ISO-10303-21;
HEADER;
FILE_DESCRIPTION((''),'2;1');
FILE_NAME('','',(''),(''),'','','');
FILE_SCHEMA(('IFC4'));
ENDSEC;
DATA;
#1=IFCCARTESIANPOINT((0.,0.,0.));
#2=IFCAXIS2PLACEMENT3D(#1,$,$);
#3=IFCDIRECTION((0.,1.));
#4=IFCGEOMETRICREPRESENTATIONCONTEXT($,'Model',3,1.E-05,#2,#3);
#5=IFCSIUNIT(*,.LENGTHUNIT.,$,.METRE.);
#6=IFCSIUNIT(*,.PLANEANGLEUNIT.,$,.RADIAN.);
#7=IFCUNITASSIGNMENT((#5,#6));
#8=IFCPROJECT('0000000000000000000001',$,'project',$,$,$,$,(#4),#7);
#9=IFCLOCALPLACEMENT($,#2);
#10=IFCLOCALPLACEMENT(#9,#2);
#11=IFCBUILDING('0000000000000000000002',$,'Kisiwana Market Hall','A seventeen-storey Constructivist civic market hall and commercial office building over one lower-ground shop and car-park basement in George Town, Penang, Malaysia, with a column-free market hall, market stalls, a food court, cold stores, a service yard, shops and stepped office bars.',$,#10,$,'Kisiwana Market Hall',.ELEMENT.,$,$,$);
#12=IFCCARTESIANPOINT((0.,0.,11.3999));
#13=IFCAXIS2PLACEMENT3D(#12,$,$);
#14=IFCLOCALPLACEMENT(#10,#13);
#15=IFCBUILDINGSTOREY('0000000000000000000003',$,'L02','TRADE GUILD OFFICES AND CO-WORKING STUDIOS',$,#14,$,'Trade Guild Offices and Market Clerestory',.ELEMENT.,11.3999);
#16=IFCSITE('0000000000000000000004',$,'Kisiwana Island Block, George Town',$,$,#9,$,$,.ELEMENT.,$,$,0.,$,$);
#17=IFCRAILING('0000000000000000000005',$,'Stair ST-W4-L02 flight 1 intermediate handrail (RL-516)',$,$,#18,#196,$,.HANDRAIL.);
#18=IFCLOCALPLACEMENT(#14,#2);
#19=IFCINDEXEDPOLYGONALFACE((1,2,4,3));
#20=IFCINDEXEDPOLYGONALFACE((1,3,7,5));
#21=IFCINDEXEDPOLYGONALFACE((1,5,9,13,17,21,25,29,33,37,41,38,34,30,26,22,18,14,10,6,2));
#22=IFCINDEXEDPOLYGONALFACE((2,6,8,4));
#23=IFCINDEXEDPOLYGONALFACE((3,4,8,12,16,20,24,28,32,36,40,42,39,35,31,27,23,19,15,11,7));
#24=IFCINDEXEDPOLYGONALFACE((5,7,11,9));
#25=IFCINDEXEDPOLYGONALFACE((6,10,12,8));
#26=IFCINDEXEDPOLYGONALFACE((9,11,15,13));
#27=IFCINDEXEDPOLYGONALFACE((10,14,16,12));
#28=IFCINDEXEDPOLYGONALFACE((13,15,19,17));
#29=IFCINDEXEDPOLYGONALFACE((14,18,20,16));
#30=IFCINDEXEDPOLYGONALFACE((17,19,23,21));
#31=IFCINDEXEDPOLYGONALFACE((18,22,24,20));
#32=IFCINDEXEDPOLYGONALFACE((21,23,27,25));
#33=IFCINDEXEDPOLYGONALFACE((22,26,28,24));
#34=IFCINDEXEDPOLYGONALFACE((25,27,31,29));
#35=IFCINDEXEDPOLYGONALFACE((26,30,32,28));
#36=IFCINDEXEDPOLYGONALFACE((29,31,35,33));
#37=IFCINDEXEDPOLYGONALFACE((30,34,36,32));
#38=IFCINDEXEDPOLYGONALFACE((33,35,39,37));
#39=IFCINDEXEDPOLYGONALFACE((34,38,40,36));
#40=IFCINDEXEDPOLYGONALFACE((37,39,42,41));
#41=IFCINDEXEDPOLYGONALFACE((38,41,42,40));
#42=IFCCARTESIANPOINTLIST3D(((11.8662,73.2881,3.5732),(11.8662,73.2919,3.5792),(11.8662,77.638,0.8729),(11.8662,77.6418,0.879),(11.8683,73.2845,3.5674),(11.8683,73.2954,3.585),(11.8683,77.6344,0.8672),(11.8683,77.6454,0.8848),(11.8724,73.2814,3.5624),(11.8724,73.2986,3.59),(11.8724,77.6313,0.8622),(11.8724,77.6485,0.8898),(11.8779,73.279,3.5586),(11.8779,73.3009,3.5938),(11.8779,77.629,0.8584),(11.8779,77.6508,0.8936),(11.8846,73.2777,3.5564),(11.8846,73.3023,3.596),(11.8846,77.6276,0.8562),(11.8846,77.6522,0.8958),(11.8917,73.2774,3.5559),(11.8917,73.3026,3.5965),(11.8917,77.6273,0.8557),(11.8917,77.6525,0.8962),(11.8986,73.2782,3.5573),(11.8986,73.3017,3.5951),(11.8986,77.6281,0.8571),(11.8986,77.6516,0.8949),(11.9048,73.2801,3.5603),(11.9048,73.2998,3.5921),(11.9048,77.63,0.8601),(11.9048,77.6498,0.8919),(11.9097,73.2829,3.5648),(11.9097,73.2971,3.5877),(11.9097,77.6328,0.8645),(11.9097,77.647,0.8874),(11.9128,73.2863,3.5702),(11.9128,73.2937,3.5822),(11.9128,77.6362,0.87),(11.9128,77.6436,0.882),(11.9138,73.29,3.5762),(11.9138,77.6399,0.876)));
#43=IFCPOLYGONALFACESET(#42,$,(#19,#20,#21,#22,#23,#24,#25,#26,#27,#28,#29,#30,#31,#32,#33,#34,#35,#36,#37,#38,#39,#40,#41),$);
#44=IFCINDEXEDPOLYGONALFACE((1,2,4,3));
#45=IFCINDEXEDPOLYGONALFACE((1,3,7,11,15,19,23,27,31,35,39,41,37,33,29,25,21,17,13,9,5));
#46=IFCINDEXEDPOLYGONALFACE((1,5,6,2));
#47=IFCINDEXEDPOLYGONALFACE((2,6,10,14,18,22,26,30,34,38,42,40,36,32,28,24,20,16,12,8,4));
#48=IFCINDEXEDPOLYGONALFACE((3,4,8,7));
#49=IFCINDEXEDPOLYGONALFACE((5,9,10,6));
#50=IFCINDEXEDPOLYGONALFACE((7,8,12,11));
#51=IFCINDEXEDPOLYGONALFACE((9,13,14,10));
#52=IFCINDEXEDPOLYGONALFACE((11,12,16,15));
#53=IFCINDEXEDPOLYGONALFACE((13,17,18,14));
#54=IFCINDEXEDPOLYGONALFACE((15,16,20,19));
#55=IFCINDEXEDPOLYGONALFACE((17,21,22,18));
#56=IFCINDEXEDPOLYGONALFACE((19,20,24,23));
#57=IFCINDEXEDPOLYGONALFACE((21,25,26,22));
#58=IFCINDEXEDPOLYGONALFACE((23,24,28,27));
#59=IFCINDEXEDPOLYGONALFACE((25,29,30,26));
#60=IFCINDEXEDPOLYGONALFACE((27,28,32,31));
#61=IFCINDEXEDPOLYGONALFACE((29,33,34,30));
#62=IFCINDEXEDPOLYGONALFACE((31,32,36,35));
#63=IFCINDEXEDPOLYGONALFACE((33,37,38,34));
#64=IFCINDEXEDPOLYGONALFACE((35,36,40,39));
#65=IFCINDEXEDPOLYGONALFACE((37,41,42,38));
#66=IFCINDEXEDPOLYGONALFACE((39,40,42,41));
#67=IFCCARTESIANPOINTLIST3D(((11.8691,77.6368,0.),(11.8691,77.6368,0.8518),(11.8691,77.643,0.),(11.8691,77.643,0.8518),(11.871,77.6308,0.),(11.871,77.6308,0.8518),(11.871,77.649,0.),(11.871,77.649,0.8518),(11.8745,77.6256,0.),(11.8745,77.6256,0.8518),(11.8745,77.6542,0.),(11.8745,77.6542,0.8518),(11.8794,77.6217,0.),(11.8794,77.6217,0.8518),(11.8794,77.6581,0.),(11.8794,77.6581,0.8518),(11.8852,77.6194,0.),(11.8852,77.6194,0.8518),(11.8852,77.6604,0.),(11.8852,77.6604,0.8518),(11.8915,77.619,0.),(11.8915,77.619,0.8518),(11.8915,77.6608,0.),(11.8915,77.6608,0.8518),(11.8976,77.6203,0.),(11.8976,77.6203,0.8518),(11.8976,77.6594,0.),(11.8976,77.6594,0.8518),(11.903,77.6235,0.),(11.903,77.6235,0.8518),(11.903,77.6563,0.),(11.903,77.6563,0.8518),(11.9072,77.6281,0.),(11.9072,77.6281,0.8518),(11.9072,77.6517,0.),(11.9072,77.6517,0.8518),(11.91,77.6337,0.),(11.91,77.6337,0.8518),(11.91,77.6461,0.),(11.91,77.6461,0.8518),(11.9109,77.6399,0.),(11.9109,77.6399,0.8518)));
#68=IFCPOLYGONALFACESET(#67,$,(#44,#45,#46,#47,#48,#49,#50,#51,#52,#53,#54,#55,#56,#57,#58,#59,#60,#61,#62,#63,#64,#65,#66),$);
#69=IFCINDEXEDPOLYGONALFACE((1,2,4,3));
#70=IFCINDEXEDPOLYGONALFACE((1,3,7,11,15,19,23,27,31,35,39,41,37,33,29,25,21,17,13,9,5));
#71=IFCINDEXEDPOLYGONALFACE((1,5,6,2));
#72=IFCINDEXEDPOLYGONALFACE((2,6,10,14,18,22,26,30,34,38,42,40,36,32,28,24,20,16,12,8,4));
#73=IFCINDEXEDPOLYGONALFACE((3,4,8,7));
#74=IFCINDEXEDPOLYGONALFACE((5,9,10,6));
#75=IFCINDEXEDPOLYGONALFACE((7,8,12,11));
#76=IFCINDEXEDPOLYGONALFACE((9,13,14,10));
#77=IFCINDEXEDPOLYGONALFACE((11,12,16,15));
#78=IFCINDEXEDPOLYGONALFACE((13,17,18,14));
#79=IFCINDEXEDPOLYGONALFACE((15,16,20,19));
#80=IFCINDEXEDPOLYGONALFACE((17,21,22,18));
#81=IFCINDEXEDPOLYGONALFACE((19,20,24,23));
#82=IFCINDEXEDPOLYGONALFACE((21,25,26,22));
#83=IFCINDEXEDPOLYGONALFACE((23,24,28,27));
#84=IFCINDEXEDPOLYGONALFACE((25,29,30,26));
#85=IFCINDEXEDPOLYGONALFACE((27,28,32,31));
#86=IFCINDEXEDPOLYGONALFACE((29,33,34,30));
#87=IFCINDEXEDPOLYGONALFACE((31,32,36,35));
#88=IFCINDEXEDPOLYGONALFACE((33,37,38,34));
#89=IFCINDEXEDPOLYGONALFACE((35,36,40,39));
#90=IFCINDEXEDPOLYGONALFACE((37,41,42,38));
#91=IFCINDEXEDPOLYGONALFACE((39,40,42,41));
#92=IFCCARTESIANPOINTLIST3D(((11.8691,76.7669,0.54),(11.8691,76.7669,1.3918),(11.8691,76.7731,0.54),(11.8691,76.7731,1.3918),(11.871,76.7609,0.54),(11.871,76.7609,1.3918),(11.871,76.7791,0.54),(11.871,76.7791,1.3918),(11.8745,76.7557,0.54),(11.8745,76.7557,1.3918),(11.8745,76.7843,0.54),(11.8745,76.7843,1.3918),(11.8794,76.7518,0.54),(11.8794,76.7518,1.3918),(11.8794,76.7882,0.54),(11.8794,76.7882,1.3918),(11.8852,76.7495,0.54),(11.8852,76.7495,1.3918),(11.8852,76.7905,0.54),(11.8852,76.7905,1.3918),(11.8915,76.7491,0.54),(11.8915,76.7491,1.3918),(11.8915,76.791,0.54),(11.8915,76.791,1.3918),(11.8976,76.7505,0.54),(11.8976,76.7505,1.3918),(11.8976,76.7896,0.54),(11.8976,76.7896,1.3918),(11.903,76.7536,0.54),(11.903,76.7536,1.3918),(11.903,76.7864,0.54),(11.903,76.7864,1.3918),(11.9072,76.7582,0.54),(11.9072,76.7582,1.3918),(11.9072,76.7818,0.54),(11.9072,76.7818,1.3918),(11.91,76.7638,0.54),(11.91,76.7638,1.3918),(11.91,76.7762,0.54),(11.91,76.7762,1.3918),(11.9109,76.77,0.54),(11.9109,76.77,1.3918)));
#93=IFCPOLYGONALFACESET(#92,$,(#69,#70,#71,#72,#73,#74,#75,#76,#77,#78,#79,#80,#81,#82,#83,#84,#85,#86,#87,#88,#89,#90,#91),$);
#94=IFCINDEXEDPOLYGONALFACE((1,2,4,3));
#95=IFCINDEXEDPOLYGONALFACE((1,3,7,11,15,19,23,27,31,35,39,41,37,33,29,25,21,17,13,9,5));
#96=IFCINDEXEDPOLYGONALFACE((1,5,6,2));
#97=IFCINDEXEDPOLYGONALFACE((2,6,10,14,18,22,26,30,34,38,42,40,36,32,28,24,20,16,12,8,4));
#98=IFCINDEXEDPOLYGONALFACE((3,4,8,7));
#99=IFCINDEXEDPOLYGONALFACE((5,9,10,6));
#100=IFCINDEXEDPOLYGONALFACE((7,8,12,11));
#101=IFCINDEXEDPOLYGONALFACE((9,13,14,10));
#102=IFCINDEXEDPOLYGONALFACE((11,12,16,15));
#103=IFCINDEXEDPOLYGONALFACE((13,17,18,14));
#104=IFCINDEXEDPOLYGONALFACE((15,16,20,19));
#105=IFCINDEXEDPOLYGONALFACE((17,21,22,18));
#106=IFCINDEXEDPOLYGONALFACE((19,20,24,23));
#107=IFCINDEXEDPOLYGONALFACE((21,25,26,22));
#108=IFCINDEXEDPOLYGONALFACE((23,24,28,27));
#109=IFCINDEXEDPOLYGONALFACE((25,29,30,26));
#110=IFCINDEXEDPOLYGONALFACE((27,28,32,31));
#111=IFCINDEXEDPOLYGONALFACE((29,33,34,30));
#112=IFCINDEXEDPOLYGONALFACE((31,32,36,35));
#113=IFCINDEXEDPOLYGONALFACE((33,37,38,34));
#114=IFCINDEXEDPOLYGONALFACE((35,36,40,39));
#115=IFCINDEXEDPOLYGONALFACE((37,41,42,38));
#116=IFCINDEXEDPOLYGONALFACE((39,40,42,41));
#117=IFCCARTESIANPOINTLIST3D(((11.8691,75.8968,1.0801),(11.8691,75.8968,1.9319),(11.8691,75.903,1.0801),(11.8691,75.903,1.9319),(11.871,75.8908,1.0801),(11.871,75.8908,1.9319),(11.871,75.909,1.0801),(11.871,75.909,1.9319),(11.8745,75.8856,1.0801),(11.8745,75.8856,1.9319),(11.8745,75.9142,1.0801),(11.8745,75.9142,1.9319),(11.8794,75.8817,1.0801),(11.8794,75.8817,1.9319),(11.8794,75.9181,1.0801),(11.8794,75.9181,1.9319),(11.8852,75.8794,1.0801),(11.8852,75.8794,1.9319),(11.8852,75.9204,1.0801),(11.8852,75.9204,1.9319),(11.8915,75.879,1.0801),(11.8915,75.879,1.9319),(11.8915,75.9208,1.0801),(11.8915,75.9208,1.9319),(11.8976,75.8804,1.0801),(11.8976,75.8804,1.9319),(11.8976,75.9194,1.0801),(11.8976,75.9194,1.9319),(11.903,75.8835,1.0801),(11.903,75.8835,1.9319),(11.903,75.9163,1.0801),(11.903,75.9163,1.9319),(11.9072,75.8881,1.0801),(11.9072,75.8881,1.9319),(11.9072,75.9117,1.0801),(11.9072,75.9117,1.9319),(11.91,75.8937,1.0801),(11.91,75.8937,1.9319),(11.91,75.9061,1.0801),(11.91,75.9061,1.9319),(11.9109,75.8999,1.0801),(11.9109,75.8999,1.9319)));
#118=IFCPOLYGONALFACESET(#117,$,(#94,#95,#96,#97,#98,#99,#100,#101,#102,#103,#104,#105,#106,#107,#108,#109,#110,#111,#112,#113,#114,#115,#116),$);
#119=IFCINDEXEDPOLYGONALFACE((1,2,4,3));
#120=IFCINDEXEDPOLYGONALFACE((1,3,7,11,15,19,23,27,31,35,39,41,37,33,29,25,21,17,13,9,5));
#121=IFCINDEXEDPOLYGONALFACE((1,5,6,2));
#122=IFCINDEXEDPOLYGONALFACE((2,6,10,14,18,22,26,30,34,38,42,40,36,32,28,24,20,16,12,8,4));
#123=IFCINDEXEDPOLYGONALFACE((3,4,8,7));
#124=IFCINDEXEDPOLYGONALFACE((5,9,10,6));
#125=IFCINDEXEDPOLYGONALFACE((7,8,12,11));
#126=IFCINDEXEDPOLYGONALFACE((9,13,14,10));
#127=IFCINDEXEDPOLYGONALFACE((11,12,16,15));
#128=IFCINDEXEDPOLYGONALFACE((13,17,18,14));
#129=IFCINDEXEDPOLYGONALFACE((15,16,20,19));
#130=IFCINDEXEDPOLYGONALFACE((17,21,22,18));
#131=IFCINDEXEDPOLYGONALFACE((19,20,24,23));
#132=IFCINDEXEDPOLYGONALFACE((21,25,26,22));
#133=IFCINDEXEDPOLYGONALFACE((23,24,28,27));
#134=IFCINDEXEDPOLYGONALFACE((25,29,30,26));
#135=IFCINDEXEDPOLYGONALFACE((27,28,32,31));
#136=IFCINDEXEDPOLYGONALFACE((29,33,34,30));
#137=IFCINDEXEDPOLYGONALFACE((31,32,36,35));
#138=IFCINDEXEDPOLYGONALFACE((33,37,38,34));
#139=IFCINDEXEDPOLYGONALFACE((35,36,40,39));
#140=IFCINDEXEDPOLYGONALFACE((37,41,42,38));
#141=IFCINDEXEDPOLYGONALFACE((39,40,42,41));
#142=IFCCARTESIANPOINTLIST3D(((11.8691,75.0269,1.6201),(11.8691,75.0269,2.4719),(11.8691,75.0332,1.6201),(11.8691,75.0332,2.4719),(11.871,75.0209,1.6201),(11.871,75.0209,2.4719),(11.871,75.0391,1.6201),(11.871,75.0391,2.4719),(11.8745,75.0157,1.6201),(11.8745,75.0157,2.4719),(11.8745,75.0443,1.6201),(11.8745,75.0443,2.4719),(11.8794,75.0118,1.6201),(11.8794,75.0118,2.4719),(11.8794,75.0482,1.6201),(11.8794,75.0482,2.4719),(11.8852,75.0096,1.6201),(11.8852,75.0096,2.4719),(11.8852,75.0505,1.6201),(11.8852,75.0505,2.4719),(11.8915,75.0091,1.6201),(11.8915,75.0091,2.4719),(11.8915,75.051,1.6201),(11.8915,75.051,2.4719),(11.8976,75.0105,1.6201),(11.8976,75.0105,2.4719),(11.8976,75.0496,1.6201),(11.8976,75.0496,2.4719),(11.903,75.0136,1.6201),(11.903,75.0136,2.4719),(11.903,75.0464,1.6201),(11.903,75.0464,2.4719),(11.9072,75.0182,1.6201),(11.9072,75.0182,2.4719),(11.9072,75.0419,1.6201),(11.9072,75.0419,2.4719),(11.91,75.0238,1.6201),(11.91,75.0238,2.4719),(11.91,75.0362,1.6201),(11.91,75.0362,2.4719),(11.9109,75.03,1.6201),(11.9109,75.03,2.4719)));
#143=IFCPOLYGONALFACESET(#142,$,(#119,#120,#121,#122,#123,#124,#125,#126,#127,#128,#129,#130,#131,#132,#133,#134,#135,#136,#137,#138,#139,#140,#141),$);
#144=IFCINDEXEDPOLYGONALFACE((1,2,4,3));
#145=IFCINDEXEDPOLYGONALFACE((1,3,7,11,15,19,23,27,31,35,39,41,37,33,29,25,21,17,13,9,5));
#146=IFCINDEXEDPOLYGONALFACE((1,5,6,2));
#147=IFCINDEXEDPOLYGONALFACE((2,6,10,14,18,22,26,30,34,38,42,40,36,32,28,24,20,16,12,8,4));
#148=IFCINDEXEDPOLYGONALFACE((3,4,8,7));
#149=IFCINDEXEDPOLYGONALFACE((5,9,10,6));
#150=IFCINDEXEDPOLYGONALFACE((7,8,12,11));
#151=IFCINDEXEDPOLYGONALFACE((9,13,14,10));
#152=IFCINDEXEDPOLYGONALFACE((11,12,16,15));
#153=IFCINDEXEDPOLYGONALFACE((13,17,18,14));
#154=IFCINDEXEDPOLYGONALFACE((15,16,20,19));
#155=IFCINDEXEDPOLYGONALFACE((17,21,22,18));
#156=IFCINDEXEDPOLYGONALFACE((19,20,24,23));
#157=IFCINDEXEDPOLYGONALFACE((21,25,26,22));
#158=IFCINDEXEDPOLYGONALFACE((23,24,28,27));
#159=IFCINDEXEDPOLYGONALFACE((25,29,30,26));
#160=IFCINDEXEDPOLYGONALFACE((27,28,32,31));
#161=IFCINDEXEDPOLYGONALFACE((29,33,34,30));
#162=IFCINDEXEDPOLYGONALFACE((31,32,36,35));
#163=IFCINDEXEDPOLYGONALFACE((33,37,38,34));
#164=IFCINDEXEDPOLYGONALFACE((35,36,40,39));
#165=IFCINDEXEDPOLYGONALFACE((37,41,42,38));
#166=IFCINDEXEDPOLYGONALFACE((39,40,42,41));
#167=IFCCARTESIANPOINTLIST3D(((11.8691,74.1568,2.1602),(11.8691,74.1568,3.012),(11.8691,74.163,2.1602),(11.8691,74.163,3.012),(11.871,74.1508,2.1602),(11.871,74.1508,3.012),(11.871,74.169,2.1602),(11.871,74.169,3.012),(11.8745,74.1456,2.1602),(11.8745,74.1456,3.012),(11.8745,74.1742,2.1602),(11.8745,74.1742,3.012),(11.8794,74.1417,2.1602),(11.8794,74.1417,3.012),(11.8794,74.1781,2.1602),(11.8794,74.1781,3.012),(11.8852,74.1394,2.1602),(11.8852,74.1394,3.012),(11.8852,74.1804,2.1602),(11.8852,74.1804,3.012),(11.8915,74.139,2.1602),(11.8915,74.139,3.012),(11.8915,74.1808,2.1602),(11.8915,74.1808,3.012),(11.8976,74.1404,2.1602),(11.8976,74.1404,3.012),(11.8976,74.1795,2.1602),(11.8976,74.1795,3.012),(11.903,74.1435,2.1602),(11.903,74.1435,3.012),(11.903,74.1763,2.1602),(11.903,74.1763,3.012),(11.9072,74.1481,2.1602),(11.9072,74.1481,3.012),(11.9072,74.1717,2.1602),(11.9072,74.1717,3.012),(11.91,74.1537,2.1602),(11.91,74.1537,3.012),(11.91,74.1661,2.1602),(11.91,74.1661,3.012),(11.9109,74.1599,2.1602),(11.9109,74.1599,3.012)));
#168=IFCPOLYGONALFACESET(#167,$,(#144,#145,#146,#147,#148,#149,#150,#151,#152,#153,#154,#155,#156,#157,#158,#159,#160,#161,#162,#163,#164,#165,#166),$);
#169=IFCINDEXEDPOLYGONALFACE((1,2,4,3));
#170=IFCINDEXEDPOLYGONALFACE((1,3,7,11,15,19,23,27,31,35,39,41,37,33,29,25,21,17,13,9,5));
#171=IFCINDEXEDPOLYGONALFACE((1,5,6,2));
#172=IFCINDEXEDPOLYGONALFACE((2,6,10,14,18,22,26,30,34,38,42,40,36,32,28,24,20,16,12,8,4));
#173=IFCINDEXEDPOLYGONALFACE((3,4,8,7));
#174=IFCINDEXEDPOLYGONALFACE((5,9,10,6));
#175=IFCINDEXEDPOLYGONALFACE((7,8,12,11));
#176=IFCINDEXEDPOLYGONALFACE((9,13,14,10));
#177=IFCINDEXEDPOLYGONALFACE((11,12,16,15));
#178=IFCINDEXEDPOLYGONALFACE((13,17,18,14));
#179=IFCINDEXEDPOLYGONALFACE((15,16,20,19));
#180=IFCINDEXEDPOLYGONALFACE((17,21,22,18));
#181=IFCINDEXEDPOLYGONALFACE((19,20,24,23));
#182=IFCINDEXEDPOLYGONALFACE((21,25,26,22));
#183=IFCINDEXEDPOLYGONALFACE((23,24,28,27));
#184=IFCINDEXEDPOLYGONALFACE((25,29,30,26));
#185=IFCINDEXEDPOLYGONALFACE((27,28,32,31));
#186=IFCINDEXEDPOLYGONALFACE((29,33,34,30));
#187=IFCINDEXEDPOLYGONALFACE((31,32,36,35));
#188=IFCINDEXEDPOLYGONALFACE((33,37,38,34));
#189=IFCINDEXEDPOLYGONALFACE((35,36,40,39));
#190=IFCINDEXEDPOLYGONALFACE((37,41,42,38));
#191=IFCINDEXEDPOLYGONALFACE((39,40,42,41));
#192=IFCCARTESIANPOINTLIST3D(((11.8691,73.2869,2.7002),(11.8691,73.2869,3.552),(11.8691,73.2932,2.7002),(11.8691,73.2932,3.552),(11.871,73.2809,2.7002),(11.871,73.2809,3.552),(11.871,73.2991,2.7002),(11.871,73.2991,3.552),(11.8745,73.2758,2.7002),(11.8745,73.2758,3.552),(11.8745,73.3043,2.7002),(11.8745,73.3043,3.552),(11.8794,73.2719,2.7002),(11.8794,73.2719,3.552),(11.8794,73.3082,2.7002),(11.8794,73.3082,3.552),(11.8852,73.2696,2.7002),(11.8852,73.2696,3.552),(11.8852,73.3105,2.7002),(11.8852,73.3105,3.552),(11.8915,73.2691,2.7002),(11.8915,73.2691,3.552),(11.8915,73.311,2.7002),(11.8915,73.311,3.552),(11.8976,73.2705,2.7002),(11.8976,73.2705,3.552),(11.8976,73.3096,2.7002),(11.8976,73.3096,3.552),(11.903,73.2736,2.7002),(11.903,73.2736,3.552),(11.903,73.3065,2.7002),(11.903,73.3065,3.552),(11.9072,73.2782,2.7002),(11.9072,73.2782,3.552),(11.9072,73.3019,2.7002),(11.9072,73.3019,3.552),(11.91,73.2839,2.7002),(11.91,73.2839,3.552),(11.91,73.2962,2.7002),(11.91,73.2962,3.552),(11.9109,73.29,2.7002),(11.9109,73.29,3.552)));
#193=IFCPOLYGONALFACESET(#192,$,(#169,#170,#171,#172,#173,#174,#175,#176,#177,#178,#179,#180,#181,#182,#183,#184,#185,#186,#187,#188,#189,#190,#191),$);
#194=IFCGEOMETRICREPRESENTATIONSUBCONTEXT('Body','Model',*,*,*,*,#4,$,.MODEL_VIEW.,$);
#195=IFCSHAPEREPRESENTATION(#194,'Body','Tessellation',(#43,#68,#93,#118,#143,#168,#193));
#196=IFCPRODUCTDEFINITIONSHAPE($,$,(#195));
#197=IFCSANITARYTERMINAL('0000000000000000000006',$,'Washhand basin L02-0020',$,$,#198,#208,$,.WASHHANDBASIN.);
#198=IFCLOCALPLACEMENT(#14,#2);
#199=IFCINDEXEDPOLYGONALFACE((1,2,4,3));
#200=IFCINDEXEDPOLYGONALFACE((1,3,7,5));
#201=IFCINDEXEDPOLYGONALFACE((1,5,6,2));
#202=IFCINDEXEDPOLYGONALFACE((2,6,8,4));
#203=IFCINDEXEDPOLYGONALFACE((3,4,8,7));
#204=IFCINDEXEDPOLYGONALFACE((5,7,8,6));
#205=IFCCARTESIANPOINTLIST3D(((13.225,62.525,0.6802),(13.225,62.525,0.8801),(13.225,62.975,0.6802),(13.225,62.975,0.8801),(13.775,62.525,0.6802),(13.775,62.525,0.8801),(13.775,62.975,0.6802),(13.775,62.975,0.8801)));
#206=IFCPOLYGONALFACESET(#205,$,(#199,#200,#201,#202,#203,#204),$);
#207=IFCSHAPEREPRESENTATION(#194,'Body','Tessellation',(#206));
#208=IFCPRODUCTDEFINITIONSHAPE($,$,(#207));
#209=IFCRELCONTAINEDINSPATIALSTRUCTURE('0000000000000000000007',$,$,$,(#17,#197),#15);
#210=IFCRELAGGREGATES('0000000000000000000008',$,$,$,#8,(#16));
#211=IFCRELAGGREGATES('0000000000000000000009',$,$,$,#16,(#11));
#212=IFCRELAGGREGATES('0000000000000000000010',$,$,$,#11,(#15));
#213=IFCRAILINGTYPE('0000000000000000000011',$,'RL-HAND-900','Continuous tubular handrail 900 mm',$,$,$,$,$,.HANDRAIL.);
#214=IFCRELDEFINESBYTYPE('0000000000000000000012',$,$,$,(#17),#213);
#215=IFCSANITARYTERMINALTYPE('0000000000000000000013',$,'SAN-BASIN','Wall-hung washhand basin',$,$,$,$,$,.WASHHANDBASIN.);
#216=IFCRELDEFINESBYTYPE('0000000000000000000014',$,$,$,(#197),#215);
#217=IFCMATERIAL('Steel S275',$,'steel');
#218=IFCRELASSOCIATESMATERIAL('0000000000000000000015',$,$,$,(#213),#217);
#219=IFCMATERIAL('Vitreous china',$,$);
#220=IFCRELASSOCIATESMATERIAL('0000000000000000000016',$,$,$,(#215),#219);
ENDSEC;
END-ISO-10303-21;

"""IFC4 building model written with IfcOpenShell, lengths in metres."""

from ifc_helpers import new_model, si_unit, direction, frame, origin, origin_2d, place, context, subcontext, project, spatial, rectangle, circle, extrude, material, type_object, element, save


model = new_model("IFC4")

# Units and contexts
model_context = context("Model", 3, precision=1e-05, world=origin(), true_north=direction((0.0, 1.0)))
body_context = subcontext(model_context, "Body", "Model", "MODEL_VIEW")
ifc_project = project(units=[si_unit("LENGTHUNIT", "METRE"), si_unit("PLANEANGLEUNIT", "RADIAN")], contexts=[model_context])

# Site, building, storey
site_placement = place(None, origin())
site = spatial("IfcSite", under=ifc_project, at=site_placement, Name="Kisiwana Island Block, George Town", CompositionType="ELEMENT", RefElevation=0.0)
building_placement = place(site_placement, origin())
building = spatial("IfcBuilding", under=site, at=building_placement, Name="Kisiwana Market Hall", Description="A seventeen-storey Constructivist civic market hall and commercial office building over one lower-ground shop and car-park basement in George Town, Penang, Malaysia, with a column-free market hall, market stalls, a food court, cold stores, a service yard, shops and stepped office bars.", LongName="Kisiwana Market Hall", CompositionType="ELEMENT")
storey_placement = place(building_placement, frame((0.0, 0.0, 11.3999)))
storey = spatial("IfcBuildingStorey", under=building, at=storey_placement, Name="L02", Description="TRADE GUILD OFFICES AND CO-WORKING STUDIOS", LongName="Trade Guild Offices and Market Clerestory", CompositionType="ELEMENT", Elevation=11.3999)

# Railing
ifc_material_1 = material(Name="Steel S275", Category="steel")
railing_type_1 = type_object("IfcRailingType", Name="RL-HAND-900", Description="Continuous tubular handrail 900 mm", PredefinedType="HANDRAIL", material=ifc_material_1)
for number, where, name in (
    (1, (11.8899, 77.6399, 0.0), "Stair ST-W4-L02 flight 1 intermediate handrail (RL-516)"),
):
    element("IfcRailing", number, at=place(storey_placement, frame(where)), inside=storey, type_object=railing_type_1, Name=name, PredefinedType="HANDRAIL", context=body_context, shape_type="SweptSolid", body=[
        extrude(circle(Radius=0.0239, at=origin_2d()), frame((0.0, 0.0, 0.876), z_axis=(0.0, -0.849615, 0.527403), x_axis=(1.0, 0.0, 0.0)), (0.0, 0.0, 1.0), 5.1199),
        extrude(circle(Radius=0.021, at=origin_2d()), origin(), (0.0, 0.0, 1.0), 0.8518),
        extrude(circle(Radius=0.021, at=origin_2d()), frame((0.0, -0.8699, 0.54)), (0.0, 0.0, 1.0), 0.8518),
        extrude(circle(Radius=0.021, at=origin_2d()), frame((0.0, -1.74, 1.0801)), (0.0, 0.0, 1.0), 0.8518),
        extrude(circle(Radius=0.021, at=origin_2d()), frame((0.0, -2.6099, 1.6201)), (0.0, 0.0, 1.0), 0.8518),
        extrude(circle(Radius=0.021, at=origin_2d()), frame((0.0, -3.48, 2.1602)), (0.0, 0.0, 1.0), 0.8518),
        extrude(circle(Radius=0.021, at=origin_2d()), frame((0.0, -4.3499, 2.7002)), (0.0, 0.0, 1.0), 0.8518),
    ])

# Sanitary terminal
ifc_material_2 = material(Name="Vitreous china")
sanitary_terminal_type_1 = type_object("IfcSanitaryTerminalType", Name="SAN-BASIN", Description="Wall-hung washhand basin", PredefinedType="WASHHANDBASIN", material=ifc_material_2)
sanitary_terminal_1_placement = place(storey_placement, frame((13.5, 62.75, 0.6802), z_axis=(0.0, 0.0, 1.0), x_axis=(1.0, 0.0, 0.0)))
element("IfcSanitaryTerminal", 2, at=sanitary_terminal_1_placement, inside=storey, type_object=sanitary_terminal_type_1, Name="Washhand basin L02-0020", PredefinedType="WASHHANDBASIN", context=body_context, shape_type="SweptSolid", body=[
    extrude(rectangle(XDim=0.55, YDim=0.45, at=origin_2d()), origin(), (0.0, 0.0, 1.0), 0.2),
])

save(model, "model.ifc")
